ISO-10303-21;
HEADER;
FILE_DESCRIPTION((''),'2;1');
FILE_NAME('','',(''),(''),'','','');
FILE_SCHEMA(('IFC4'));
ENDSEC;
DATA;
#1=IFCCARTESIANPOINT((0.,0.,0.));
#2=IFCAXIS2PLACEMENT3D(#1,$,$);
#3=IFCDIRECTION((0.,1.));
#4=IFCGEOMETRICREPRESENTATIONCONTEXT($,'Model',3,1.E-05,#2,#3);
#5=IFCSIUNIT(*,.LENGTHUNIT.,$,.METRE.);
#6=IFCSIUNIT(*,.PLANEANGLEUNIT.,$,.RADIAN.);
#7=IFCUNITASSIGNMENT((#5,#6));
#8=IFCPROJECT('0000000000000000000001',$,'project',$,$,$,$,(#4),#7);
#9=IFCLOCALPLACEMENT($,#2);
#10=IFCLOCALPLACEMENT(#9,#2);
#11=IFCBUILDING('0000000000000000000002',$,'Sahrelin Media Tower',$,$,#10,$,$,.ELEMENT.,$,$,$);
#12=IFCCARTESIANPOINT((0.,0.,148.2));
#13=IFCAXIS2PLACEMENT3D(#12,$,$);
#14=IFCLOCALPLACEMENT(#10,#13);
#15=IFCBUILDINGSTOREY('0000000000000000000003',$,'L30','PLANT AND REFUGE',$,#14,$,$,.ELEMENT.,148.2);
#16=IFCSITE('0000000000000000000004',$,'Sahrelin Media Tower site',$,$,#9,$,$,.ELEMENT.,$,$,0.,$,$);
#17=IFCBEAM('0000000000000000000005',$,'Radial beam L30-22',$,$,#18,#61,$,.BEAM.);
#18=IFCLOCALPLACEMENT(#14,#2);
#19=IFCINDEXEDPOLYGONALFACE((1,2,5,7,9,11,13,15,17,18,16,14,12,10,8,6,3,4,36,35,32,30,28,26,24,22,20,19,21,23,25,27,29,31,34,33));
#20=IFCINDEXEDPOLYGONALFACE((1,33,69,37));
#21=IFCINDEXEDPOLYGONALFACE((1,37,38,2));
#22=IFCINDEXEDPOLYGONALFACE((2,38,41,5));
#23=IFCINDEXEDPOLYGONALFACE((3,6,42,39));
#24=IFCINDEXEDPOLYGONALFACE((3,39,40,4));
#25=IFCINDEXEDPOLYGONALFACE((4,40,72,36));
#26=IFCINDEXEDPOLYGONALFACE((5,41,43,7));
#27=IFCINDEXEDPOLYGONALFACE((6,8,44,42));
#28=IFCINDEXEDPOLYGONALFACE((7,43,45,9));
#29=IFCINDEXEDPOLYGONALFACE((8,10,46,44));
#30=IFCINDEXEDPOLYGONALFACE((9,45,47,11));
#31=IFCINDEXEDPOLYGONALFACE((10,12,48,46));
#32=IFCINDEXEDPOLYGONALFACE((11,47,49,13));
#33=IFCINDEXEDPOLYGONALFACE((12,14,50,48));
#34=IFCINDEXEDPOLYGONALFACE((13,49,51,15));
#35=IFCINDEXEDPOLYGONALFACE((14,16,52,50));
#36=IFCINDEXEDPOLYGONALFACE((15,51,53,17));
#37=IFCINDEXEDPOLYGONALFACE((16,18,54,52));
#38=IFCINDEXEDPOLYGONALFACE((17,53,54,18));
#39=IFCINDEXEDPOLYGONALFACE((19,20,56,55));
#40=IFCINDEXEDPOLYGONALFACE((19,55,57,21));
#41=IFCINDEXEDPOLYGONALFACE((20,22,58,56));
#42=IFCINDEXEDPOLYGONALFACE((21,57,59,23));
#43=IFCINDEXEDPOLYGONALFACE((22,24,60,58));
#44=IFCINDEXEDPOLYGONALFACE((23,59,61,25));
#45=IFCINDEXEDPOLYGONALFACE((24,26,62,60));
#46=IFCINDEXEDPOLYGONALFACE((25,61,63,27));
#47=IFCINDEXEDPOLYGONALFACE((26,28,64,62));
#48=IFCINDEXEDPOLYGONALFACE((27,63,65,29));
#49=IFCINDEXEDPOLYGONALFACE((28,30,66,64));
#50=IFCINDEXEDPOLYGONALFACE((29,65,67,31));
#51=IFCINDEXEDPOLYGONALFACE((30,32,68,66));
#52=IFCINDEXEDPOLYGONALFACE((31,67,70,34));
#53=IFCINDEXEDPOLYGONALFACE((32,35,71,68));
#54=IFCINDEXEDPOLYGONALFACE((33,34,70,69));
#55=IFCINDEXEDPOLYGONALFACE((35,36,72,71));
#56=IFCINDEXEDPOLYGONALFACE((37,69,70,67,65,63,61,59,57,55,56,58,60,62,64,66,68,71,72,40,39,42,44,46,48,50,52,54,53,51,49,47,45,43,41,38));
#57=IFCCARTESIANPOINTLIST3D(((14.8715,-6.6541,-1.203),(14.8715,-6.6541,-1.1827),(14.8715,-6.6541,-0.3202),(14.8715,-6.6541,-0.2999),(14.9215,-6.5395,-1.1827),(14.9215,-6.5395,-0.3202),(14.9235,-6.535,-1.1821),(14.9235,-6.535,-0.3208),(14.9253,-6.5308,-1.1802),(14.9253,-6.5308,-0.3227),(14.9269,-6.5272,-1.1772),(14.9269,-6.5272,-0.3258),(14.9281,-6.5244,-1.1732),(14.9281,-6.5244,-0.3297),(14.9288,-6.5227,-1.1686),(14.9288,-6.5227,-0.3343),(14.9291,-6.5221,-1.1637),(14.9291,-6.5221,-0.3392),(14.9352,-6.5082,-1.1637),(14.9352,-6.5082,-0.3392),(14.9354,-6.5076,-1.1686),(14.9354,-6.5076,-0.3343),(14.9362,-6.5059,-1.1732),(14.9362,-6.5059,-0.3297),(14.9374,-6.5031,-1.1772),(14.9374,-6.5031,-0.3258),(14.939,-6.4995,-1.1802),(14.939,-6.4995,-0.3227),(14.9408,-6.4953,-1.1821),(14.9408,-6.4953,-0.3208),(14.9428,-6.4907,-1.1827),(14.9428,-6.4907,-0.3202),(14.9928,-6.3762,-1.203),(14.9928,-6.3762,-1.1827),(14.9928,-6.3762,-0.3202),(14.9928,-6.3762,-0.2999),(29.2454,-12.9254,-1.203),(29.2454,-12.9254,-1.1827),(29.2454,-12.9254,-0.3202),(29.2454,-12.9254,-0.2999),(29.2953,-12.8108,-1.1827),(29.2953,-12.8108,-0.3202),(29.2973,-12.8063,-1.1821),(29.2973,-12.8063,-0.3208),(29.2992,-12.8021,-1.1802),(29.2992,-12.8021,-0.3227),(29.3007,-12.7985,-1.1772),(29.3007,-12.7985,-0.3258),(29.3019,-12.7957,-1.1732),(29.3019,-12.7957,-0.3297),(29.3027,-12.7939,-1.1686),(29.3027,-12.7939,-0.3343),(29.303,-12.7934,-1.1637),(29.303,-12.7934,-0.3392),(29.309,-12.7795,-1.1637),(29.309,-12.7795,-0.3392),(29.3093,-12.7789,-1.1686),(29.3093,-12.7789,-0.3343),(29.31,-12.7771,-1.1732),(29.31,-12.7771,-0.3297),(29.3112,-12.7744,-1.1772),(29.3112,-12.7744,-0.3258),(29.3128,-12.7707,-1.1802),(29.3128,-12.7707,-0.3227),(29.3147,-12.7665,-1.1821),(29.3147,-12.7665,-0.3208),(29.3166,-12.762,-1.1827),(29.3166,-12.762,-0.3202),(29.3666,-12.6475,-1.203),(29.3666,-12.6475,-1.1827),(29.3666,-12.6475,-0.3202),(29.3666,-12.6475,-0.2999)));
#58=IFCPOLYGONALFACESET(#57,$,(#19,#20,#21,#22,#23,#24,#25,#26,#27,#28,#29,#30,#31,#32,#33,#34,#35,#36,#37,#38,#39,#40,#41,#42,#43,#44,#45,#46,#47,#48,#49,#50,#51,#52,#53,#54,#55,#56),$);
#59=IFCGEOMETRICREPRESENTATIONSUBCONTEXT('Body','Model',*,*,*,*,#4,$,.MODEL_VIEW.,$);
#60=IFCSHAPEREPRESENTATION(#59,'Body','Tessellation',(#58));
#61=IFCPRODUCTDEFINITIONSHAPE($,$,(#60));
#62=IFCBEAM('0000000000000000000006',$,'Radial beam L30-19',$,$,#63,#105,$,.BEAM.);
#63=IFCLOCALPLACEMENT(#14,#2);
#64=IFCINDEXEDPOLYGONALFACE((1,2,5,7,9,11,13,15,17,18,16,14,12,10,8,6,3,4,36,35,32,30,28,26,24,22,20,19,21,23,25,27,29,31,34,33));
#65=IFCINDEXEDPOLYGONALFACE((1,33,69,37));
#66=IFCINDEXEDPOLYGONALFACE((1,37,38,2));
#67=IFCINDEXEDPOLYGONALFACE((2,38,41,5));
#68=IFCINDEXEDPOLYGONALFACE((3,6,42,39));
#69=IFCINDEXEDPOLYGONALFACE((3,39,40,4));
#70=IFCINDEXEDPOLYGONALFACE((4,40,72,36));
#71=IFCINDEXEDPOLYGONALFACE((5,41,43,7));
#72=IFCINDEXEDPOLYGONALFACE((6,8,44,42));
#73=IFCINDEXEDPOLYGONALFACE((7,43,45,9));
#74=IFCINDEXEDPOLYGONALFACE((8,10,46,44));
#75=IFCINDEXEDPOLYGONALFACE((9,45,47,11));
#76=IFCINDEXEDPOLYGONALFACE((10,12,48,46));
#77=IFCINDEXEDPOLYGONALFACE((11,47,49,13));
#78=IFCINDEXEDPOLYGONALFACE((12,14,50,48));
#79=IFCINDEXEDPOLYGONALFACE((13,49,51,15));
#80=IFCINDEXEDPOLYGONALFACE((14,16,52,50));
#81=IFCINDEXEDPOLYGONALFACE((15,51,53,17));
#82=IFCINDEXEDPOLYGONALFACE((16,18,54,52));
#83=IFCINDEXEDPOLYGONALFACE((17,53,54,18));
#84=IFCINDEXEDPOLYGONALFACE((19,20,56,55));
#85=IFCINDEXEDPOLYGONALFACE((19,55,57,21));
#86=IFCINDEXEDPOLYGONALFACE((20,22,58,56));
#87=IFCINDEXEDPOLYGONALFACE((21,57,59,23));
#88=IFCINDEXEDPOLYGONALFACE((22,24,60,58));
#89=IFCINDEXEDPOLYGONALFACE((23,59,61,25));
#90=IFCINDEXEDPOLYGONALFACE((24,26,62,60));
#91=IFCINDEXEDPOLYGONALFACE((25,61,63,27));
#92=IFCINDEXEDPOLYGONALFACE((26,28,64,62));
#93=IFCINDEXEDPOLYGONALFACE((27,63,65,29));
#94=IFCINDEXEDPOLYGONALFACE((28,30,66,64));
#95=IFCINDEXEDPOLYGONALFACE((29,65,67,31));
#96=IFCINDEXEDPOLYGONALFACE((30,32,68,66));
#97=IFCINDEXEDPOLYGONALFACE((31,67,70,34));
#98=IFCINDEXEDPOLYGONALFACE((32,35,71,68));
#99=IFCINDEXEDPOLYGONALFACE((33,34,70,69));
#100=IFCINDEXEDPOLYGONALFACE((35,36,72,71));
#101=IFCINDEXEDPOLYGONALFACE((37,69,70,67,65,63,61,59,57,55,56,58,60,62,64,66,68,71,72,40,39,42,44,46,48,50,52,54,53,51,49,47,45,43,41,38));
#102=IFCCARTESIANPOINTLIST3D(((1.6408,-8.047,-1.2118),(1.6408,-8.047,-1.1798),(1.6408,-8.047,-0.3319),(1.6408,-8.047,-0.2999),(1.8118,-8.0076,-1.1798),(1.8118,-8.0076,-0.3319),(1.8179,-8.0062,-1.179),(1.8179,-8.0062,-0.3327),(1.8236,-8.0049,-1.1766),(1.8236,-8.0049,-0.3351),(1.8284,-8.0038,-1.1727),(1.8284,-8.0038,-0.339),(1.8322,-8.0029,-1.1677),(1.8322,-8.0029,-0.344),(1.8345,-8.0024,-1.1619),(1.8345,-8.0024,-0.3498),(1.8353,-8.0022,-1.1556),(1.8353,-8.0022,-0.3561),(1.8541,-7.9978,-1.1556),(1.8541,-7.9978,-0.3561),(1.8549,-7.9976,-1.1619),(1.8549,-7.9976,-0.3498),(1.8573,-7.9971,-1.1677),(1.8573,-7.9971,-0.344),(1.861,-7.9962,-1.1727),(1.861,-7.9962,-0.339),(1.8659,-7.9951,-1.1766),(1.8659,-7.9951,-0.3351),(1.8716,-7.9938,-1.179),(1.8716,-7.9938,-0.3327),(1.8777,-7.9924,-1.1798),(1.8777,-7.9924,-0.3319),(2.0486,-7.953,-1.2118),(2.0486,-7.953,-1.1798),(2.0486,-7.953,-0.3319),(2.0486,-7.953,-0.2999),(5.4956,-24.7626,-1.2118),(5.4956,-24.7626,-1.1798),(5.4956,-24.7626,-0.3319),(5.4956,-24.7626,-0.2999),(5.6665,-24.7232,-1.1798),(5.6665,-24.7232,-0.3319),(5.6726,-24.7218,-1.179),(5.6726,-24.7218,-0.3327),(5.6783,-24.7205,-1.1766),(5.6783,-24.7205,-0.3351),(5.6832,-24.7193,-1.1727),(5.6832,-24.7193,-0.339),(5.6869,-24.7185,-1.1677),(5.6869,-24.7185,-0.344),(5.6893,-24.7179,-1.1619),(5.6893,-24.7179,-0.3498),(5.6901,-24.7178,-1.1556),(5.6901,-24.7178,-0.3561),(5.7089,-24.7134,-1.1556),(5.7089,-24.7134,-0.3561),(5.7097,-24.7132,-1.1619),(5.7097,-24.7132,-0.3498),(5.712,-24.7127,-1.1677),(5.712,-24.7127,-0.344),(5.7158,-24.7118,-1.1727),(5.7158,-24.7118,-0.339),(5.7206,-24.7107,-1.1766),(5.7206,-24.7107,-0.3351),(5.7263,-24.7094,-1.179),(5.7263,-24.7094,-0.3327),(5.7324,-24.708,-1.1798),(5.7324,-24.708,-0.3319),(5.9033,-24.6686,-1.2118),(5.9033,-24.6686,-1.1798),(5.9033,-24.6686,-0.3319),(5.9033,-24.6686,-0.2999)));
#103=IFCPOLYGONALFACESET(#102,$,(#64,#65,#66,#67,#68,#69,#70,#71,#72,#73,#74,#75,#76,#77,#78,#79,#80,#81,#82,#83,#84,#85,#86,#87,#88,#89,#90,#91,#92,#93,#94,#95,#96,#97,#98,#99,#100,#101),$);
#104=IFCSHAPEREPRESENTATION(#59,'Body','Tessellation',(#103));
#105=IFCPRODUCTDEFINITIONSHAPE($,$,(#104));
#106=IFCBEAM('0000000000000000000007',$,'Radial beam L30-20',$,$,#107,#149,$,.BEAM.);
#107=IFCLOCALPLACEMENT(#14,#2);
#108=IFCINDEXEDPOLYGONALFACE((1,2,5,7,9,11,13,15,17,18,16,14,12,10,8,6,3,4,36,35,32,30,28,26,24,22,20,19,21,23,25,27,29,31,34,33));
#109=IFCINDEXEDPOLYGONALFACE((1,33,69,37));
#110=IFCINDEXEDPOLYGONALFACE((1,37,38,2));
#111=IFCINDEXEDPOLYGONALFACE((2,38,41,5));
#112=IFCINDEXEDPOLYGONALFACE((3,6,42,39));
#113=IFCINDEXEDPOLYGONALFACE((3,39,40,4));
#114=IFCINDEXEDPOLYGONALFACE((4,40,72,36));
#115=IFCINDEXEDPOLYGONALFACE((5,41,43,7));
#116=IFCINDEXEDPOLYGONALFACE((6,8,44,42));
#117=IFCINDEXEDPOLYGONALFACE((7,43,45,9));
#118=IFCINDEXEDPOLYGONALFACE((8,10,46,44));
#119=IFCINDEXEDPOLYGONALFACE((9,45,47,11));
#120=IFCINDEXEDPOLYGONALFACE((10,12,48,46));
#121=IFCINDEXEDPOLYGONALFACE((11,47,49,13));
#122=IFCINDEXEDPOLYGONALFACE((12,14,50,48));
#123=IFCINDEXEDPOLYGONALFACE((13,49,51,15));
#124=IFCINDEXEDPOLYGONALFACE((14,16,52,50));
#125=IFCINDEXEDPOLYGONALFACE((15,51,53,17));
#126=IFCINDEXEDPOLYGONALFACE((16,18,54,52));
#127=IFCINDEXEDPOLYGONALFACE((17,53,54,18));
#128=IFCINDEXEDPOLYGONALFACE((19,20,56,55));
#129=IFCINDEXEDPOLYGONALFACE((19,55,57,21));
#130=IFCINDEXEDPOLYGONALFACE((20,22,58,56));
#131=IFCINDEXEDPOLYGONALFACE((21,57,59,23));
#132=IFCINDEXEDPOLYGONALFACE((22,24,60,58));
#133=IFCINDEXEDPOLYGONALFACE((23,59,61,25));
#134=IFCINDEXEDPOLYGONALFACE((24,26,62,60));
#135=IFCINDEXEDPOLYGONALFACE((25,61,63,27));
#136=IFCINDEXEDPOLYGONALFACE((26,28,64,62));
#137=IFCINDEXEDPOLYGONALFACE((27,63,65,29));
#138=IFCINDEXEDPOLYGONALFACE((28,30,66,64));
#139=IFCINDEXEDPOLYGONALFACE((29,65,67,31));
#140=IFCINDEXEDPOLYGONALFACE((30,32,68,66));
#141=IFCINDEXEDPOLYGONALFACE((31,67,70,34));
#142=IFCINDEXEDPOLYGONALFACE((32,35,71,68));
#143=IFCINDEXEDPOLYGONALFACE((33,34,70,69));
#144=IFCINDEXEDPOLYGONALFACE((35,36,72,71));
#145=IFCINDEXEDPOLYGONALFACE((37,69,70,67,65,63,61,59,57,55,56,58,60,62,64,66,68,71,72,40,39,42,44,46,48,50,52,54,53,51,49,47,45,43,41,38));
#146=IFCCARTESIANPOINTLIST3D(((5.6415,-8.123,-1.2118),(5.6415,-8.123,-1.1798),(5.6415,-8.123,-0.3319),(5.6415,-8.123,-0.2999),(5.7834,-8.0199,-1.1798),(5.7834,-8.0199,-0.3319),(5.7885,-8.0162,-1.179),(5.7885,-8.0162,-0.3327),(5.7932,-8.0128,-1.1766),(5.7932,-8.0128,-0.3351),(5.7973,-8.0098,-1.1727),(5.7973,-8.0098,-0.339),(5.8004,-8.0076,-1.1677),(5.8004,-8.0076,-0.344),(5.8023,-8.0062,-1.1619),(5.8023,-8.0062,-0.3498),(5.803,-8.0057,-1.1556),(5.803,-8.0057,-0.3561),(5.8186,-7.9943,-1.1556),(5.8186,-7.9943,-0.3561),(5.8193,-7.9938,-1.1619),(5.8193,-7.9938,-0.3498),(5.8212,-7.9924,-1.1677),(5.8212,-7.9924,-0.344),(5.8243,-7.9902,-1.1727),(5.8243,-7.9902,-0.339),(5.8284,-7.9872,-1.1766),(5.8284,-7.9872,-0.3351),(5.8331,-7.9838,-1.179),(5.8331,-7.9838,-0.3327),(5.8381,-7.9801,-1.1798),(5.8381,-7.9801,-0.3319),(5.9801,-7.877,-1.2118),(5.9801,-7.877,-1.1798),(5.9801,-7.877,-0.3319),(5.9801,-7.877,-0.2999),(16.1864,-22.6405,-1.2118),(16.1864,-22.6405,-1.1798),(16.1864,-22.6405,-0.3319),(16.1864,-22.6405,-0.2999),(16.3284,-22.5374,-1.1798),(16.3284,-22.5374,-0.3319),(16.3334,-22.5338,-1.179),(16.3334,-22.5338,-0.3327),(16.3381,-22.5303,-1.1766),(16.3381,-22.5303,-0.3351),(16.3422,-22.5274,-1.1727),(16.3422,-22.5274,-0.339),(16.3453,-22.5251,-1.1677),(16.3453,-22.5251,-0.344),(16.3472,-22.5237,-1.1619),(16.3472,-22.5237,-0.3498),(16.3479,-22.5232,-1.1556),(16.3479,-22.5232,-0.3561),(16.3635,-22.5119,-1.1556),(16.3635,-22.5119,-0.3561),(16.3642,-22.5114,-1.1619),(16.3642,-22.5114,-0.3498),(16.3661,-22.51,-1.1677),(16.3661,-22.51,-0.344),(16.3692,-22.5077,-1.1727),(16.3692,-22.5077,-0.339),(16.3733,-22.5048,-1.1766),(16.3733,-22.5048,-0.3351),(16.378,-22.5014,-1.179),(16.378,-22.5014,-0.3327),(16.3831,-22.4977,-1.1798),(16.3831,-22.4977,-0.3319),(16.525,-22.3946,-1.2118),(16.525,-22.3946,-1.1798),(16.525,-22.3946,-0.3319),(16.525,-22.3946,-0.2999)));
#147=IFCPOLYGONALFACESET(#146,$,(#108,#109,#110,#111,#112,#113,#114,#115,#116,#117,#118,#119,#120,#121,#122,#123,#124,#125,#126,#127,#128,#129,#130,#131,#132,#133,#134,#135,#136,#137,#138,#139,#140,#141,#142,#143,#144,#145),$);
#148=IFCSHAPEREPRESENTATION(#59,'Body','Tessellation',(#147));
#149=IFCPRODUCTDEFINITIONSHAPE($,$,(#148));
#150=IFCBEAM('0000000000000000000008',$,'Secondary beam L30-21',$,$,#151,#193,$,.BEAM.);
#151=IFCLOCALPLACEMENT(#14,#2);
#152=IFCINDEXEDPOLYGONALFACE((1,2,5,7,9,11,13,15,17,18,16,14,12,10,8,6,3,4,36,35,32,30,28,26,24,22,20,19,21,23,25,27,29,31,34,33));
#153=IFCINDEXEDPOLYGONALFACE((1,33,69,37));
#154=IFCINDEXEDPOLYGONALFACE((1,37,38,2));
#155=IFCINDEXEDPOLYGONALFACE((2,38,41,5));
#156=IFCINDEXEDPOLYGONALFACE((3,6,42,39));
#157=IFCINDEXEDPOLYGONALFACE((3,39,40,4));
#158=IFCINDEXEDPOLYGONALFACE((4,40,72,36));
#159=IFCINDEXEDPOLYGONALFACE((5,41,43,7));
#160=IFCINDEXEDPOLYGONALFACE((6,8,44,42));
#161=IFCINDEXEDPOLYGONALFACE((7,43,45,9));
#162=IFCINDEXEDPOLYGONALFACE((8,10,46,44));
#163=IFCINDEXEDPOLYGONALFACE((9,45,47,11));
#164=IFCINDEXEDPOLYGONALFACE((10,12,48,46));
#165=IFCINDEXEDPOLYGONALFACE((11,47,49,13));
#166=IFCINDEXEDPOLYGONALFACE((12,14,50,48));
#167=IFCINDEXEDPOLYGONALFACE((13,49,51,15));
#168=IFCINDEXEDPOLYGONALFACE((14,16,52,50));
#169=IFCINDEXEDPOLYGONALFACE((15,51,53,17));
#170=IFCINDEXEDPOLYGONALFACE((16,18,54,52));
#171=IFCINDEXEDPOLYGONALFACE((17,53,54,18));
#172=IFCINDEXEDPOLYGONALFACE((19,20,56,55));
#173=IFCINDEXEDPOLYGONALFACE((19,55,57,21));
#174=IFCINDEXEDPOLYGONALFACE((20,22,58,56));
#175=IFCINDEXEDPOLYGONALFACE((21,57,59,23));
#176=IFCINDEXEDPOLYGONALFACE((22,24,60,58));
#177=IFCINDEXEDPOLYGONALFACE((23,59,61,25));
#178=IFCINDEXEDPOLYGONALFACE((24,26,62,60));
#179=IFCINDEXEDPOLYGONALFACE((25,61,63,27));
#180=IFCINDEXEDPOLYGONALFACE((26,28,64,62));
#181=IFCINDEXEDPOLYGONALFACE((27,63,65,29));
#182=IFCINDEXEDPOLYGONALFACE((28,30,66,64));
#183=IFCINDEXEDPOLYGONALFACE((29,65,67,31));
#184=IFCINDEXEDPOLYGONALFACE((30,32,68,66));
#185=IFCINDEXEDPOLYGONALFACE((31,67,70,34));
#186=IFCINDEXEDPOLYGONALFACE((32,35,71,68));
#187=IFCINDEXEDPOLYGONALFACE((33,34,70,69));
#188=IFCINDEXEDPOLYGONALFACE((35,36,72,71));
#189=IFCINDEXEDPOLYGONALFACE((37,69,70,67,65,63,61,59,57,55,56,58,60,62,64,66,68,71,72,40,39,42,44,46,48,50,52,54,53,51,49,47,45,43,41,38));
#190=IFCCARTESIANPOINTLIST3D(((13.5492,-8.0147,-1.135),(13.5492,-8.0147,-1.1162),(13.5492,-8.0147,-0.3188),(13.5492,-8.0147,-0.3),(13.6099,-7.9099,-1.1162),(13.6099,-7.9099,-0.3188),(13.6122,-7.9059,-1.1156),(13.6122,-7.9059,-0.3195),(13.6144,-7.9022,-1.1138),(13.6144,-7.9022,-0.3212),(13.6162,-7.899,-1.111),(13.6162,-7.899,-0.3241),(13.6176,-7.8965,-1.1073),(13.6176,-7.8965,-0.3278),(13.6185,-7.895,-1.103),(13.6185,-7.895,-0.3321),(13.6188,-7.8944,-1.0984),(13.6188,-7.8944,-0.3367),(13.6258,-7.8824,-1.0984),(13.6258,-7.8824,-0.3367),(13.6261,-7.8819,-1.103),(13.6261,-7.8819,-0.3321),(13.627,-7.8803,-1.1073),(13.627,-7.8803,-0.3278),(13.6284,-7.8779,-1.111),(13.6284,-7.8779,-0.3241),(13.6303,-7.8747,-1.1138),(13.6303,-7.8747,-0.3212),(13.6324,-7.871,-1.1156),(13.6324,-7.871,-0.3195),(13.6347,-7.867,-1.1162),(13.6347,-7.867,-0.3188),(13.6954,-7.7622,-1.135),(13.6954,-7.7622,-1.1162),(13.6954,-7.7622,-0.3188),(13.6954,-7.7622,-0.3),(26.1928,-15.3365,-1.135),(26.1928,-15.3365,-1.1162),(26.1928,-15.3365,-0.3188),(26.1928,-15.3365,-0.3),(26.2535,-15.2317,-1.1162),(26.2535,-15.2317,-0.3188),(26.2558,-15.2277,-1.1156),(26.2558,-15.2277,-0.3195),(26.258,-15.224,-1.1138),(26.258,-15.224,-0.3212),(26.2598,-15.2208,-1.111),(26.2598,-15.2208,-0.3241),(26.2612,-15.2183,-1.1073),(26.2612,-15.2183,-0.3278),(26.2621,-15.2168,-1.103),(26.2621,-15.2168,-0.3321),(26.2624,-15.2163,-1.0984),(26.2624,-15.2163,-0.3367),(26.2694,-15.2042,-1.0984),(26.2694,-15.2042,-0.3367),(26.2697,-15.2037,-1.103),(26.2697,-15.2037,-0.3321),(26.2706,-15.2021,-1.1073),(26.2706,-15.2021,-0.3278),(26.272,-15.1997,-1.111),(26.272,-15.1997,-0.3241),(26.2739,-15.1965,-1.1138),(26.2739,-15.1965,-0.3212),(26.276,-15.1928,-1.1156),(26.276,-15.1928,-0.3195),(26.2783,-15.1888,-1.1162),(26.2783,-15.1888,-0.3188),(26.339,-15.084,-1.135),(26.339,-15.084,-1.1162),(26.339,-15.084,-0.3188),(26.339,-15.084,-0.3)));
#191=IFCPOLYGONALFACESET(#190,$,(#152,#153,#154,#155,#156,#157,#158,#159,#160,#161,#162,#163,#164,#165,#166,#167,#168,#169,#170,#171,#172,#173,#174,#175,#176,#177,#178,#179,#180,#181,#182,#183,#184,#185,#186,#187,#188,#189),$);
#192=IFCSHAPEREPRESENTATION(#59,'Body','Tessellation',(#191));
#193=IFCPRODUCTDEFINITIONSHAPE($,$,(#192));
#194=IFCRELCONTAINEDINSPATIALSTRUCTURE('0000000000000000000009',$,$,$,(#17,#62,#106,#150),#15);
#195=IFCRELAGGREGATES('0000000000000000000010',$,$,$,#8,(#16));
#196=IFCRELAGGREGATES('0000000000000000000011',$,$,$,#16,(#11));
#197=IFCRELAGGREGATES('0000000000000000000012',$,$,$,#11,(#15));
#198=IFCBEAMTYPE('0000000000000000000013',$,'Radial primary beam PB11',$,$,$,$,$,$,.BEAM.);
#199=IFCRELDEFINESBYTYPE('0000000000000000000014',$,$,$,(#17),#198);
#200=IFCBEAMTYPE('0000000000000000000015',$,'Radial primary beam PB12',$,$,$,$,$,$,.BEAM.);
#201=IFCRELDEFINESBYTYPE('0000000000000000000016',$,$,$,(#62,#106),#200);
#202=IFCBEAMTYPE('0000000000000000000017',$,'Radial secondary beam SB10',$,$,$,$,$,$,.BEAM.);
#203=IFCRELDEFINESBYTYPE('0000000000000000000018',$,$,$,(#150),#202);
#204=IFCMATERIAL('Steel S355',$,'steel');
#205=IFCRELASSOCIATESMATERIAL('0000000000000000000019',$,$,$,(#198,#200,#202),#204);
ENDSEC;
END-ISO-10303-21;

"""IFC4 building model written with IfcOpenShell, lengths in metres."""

from ifc_helpers import new_model, si_unit, direction, frame, origin, origin_2d, place, context, subcontext, project, spatial, i_section, extrude, material, material_profile, profile_set, type_object, element, save


model = new_model("IFC4")

# Units and contexts
model_context = context("Model", 3, precision=1e-05, world=origin(), true_north=direction((0.0, 1.0)))
body_context = subcontext(model_context, "Body", "Model", "MODEL_VIEW")
ifc_project = project(units=[si_unit("LENGTHUNIT", "METRE"), si_unit("PLANEANGLEUNIT", "RADIAN")], contexts=[model_context])

# Site, building, storey
site_placement = place(None, origin())
site = spatial("IfcSite", under=ifc_project, at=site_placement, Name="Sahrelin Media Tower site", CompositionType="ELEMENT", RefElevation=0.0)
building_placement = place(site_placement, origin())
building = spatial("IfcBuilding", under=site, at=building_placement, Name="Sahrelin Media Tower", CompositionType="ELEMENT")
storey_placement = place(building_placement, frame((0.0, 0.0, 148.2)))
storey = spatial("IfcBuildingStorey", under=building, at=storey_placement, Name="L30", Description="PLANT AND REFUGE", CompositionType="ELEMENT", Elevation=148.2)

# Beams
ifc_material_1 = material(Name="Steel S355", Category="steel")
ifc_material_profile_1 = material_profile(ifc_material_1, i_section(OverallWidth=0.3032, OverallDepth=0.9031, WebThickness=0.0151, FlangeThickness=0.0203, FilletRadius=0.019, at=origin_2d()), Name="UB 914x305x201")
ifc_profile_set_1 = profile_set([ifc_material_profile_1], Name="Steel S355")
beam_type_1 = type_object("IfcBeamType", Name="Radial primary beam PB11", PredefinedType="BEAM", material=ifc_profile_set_1)
beam_1_placement = place(storey_placement, frame((14.9321, -6.5151, -0.7515), z_axis=(0.916562, -0.399893, 0.0), x_axis=(0.399893, 0.916562, 0.0)))
element("IfcBeam", 1, at=beam_1_placement, inside=storey, type_object=beam_type_1, Name="Radial beam L30-22", PredefinedType="BEAM", context=body_context, shape_type="SweptSolid", body=[
    extrude(i_section(OverallWidth=0.3032, OverallDepth=0.9031, WebThickness=0.0151, FlangeThickness=0.0203, FilletRadius=0.019, at=origin_2d()), origin(), (0.0, 0.0, 1.0), 15.6824),
])
ifc_material_profile_2 = material_profile(ifc_material_1, i_section(OverallWidth=0.4185, OverallDepth=0.9119, WebThickness=0.0193, FlangeThickness=0.032, FilletRadius=0.0242, at=origin_2d()), Name="UB 914x419x343")
ifc_profile_set_2 = profile_set([ifc_material_profile_2], Name="Steel S355")
beam_type_2 = type_object("IfcBeamType", Name="Radial primary beam PB12", PredefinedType="BEAM", material=ifc_profile_set_2)
beam_2_placement = place(storey_placement, frame((1.8447, -8.0, -0.7559), z_axis=(0.22471, -0.974426, 0.0), x_axis=(0.974426, 0.22471, 0.0)))
element("IfcBeam", 2, at=beam_2_placement, inside=storey, type_object=beam_type_2, Name="Radial beam L30-19", PredefinedType="BEAM", context=body_context, shape_type="SweptSolid", body=[
    extrude(i_section(OverallWidth=0.4185, OverallDepth=0.9119, WebThickness=0.0193, FlangeThickness=0.032, FilletRadius=0.0242, at=origin_2d()), origin(), (0.0, 0.0, 1.0), 17.1543),
])
beam_3_placement = place(storey_placement, frame((5.8108, -8.0, -0.7559), z_axis=(0.587686, -0.809089, 0.0), x_axis=(0.809089, 0.587686, 0.0)))
element("IfcBeam", 3, at=beam_3_placement, inside=storey, type_object=beam_type_2, Name="Radial beam L30-20", PredefinedType="BEAM", context=body_context, shape_type="SweptSolid", body=[
    extrude(i_section(OverallWidth=0.4185, OverallDepth=0.9119, WebThickness=0.0193, FlangeThickness=0.032, FilletRadius=0.0242, at=origin_2d()), origin(), (0.0, 0.0, 1.0), 17.9431),
])
ifc_material_profile_3 = material_profile(ifc_material_1, i_section(OverallWidth=0.2917, OverallDepth=0.835, WebThickness=0.0139, FlangeThickness=0.0188, FilletRadius=0.0178, at=origin_2d()), Name="UB 838x292x176")
ifc_profile_set_3 = profile_set([ifc_material_profile_3], Name="Steel S355")
beam_type_3 = type_object("IfcBeamType", Name="Radial secondary beam SB10", PredefinedType="BEAM", material=ifc_profile_set_3)
beam_4_placement = place(storey_placement, frame((13.6223, -7.8884, -0.7175), z_axis=(0.865372, -0.50113, 0.0), x_axis=(0.50113, 0.865372, 0.0)))
element("IfcBeam", 4, at=beam_4_placement, inside=storey, type_object=beam_type_3, Name="Secondary beam L30-21", PredefinedType="BEAM", context=body_context, shape_type="SweptSolid", body=[
    extrude(i_section(OverallWidth=0.2917, OverallDepth=0.835, WebThickness=0.0139, FlangeThickness=0.0188, FilletRadius=0.0178, at=origin_2d()), origin(), (0.0, 0.0, 1.0), 14.6106),
])

save(model, "model.ifc")
